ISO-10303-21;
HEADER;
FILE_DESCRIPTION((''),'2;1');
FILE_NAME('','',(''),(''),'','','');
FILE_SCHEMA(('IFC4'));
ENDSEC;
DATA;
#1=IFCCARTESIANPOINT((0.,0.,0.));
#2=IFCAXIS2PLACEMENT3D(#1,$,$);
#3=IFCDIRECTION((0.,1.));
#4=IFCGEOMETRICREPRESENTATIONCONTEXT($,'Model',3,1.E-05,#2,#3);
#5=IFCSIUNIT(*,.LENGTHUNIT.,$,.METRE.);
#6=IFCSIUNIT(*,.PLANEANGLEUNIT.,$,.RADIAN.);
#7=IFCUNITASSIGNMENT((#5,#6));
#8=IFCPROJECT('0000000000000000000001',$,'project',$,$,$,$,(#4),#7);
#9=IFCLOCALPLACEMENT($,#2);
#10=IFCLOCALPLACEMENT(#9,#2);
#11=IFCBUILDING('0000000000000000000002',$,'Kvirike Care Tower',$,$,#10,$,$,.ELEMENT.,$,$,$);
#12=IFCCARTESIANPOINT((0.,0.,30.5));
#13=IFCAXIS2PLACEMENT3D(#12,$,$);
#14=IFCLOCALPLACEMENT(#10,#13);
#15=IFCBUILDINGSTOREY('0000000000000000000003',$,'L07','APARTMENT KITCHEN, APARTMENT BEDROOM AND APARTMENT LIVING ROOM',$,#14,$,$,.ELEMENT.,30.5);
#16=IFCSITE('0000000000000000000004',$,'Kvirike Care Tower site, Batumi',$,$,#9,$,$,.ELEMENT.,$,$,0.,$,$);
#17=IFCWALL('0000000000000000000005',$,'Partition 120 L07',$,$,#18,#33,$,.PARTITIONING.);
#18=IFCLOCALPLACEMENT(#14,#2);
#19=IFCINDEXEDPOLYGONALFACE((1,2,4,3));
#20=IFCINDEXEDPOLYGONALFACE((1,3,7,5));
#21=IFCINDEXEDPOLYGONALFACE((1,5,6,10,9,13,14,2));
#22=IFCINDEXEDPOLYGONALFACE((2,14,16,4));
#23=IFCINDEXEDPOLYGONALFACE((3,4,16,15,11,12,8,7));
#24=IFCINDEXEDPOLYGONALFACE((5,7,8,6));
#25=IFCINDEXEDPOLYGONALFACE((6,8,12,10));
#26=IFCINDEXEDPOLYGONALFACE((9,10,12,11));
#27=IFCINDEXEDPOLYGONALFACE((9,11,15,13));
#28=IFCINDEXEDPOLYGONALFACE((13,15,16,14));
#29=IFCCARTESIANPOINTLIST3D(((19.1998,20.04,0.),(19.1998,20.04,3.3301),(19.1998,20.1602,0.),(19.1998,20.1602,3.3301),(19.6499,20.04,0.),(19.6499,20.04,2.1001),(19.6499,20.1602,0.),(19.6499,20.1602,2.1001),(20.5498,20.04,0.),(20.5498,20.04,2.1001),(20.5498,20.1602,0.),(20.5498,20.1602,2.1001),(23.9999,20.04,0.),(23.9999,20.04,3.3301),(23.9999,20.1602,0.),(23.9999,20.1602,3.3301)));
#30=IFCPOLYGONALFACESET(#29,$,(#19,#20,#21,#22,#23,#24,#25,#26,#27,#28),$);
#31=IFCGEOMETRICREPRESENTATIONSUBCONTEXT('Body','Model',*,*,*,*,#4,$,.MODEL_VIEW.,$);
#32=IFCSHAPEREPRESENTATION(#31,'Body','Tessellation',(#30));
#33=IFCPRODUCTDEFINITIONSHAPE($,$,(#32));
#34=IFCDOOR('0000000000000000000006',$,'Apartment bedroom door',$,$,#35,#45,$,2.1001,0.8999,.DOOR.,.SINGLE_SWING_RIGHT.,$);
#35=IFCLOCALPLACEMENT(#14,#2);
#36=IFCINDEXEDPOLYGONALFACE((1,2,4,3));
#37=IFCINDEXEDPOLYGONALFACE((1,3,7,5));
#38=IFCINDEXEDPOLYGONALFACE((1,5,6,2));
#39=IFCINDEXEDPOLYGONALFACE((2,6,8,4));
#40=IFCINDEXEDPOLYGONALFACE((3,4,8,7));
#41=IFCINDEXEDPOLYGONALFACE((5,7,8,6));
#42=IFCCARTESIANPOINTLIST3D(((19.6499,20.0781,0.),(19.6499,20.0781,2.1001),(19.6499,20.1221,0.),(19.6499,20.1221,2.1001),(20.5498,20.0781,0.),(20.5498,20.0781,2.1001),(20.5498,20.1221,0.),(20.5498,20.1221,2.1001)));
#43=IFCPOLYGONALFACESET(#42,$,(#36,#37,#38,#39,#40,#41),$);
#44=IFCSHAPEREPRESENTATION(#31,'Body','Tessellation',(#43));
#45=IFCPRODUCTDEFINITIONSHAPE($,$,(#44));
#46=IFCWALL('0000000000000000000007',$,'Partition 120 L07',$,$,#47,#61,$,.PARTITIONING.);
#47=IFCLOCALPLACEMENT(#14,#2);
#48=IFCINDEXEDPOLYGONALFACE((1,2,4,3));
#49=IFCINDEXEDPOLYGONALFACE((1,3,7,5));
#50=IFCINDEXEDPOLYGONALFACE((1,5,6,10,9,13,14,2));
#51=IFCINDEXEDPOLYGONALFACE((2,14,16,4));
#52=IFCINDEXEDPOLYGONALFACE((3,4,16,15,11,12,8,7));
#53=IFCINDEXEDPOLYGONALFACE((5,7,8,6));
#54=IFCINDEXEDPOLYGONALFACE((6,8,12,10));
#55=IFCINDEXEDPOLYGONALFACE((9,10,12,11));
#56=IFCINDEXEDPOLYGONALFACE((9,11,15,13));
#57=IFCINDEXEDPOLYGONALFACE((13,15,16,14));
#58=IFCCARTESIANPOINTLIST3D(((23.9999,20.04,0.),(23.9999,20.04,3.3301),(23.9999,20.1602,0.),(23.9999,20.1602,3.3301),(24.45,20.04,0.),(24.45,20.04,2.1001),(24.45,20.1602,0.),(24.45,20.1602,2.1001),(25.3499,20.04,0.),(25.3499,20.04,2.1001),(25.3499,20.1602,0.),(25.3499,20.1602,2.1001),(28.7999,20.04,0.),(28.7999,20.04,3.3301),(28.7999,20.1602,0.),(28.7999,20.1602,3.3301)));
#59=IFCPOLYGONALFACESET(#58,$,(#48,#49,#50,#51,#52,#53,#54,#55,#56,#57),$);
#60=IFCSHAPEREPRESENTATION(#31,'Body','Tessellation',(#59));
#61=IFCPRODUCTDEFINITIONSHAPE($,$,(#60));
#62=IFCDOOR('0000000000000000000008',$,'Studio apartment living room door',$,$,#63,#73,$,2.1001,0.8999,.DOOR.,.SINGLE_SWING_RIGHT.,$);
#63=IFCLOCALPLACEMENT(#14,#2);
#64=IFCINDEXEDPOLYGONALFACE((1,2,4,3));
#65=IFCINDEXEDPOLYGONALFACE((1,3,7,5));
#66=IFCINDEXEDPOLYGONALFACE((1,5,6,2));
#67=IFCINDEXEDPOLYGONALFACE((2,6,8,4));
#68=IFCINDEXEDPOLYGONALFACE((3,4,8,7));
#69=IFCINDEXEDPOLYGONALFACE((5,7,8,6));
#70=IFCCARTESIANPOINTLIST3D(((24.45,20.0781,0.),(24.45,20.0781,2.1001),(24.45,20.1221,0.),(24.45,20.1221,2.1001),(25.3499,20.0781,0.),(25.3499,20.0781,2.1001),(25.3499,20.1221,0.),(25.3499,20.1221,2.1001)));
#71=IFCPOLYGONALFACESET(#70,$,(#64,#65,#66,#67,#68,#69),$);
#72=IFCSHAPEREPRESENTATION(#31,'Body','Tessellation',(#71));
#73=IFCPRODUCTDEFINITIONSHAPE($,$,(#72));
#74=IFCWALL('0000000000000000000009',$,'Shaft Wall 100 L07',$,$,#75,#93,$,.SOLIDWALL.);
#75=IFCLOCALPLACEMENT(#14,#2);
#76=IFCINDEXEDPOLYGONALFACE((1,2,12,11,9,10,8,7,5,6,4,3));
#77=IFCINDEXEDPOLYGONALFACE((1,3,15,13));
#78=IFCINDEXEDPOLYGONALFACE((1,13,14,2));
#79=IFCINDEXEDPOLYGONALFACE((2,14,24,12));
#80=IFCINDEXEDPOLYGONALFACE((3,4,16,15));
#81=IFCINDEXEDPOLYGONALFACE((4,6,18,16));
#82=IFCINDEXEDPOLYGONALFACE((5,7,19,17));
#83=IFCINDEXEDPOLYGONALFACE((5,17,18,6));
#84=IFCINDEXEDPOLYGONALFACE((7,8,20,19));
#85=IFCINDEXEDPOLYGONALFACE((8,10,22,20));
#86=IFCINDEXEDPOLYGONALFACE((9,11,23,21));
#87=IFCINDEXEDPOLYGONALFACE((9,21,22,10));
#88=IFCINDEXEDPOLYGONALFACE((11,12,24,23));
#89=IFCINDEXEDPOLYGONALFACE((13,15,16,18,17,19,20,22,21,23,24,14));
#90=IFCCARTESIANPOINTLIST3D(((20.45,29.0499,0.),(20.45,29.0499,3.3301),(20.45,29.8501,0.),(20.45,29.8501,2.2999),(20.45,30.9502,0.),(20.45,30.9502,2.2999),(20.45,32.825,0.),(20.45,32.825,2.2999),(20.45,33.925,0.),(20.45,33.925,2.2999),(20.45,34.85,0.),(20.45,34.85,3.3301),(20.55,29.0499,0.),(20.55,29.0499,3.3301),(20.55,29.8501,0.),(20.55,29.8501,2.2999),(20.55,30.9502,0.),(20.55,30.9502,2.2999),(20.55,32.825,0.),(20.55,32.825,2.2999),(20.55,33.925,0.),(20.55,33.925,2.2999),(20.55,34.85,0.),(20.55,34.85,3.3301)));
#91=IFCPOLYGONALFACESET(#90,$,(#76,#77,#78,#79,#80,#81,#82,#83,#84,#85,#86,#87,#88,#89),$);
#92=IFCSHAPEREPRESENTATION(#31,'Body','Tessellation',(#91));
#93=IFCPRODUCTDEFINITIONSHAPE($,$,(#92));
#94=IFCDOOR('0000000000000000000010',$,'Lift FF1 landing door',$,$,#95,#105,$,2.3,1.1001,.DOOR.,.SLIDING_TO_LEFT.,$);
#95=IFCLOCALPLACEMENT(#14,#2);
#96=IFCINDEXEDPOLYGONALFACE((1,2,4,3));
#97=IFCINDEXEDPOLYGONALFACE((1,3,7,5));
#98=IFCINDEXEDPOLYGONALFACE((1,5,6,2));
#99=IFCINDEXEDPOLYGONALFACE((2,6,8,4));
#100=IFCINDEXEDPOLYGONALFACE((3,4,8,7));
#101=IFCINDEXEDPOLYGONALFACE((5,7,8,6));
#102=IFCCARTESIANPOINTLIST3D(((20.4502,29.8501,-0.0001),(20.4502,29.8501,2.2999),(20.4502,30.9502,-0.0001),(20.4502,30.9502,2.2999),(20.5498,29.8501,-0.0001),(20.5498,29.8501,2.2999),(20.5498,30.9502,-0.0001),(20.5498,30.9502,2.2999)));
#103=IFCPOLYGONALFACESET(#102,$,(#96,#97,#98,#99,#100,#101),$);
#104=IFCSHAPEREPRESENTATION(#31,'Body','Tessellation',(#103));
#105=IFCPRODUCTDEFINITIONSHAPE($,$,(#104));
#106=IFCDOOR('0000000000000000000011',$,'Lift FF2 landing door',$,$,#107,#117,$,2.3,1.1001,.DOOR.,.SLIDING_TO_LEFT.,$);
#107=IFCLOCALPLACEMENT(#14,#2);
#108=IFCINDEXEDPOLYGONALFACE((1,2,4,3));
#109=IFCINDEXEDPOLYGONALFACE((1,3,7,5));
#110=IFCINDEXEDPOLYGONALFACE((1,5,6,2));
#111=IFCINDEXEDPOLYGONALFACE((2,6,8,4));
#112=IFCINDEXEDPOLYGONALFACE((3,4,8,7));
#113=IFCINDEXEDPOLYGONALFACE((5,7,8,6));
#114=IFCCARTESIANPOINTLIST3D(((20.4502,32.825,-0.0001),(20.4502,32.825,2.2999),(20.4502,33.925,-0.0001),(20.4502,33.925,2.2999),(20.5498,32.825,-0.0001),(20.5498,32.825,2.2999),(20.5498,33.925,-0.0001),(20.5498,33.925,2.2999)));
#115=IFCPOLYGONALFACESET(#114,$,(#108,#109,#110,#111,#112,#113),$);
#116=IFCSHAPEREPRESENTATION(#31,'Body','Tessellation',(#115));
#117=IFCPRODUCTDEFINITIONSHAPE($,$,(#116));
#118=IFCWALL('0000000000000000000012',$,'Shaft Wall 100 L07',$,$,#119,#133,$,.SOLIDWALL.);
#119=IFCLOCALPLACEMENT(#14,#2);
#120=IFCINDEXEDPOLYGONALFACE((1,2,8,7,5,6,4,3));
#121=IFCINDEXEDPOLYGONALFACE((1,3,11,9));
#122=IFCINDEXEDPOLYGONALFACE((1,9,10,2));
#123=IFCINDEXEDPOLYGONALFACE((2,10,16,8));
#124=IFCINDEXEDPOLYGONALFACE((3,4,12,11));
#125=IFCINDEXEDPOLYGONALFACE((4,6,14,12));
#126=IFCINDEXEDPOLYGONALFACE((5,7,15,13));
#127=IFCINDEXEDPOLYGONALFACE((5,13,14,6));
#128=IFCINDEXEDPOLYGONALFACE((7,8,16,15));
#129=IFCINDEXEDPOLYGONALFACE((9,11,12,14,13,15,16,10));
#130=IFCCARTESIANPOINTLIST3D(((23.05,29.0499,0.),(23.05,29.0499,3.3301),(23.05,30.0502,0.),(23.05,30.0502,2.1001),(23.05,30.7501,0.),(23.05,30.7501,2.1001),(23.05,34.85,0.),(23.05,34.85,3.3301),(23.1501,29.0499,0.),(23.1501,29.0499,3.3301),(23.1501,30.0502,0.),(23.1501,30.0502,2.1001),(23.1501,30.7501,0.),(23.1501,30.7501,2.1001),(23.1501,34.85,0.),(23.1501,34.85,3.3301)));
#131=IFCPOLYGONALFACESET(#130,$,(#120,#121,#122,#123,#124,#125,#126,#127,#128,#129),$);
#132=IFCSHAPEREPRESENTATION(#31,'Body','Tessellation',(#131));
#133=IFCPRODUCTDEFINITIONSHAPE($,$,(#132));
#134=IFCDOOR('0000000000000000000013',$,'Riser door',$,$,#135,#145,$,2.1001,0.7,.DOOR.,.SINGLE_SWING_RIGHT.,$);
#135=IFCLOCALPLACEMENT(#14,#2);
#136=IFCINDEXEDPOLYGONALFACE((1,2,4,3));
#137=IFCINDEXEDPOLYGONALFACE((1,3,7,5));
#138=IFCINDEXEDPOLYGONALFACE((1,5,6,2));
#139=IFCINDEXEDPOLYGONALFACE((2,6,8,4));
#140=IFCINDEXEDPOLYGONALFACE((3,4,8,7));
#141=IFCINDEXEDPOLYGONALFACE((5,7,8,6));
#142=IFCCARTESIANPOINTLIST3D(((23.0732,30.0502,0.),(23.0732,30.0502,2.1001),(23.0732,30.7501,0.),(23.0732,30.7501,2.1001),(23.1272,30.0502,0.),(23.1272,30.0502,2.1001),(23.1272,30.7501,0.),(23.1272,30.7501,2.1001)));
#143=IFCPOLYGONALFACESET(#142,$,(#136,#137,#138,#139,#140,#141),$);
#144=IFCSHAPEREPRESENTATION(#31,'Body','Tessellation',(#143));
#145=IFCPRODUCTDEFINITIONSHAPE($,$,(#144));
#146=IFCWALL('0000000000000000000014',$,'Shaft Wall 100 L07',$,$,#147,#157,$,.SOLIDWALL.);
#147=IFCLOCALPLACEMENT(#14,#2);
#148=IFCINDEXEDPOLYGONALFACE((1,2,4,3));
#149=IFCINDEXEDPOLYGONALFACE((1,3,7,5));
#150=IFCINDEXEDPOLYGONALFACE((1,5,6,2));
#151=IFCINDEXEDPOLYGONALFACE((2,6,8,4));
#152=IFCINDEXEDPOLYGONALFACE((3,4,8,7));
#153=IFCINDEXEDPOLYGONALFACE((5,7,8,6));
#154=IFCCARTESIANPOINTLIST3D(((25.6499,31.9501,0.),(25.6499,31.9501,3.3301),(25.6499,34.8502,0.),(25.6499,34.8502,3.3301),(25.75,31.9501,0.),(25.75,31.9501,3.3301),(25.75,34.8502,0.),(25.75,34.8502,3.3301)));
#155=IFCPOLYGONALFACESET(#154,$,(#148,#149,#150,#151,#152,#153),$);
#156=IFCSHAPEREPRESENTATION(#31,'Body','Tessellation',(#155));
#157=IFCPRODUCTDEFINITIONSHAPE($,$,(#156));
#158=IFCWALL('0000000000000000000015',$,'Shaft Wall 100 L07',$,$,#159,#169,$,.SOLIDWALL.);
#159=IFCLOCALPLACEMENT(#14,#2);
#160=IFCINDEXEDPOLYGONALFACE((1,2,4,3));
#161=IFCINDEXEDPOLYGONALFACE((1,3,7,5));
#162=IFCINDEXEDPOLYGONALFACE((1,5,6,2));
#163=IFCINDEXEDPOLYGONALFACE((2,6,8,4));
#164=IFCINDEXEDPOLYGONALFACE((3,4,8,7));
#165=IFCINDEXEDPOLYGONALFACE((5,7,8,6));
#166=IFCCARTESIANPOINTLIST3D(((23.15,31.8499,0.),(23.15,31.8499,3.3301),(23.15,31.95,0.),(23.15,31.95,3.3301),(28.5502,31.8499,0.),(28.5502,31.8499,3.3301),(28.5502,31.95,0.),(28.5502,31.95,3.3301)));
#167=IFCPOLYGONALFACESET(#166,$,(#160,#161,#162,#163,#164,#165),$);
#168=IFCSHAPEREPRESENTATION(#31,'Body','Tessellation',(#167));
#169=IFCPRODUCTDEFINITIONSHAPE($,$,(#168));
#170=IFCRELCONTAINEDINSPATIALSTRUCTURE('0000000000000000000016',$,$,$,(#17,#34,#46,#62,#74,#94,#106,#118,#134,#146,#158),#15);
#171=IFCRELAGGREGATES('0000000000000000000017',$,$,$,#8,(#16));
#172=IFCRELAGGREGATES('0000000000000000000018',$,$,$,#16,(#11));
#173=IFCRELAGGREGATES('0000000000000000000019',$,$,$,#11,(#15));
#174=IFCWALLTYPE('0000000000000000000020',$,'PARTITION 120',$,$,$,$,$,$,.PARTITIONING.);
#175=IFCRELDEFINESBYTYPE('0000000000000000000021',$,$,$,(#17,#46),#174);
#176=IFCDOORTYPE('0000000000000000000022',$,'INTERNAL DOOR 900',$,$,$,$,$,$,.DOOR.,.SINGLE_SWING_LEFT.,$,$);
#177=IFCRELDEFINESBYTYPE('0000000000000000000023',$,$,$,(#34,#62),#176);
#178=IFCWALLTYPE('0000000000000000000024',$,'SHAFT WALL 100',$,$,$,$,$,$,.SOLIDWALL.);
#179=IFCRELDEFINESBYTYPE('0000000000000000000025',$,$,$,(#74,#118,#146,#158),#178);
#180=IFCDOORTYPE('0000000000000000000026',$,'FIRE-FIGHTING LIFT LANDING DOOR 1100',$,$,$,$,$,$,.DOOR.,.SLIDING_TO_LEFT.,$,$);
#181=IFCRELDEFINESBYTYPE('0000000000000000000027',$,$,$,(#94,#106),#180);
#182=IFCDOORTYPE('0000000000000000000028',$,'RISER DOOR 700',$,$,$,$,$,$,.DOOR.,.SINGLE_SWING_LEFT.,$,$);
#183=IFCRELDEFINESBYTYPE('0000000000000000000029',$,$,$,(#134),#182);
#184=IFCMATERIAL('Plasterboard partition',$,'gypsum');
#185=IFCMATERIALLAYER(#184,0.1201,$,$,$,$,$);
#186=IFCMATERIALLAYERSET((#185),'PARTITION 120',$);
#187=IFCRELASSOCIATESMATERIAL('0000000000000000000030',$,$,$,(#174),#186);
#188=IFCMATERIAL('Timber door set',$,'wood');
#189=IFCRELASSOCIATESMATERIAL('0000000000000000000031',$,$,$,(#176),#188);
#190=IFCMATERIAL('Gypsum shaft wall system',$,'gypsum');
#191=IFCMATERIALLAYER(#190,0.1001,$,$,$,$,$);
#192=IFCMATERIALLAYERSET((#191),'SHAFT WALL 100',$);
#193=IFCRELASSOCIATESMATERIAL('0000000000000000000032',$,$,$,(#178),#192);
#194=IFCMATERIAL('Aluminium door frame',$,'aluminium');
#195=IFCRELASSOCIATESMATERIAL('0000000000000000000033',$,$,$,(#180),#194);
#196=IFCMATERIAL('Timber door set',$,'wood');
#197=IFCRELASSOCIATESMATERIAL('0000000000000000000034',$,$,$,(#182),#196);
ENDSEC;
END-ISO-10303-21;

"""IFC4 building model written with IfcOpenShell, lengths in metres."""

from ifc_helpers import new_model, si_unit, direction, frame, frame_2d, origin, place, context, subcontext, project, spatial, rectangle, extrude, material, layer, layer_set, type_object, element, fill, save


model = new_model("IFC4")

# Units and contexts
model_context = context("Model", 3, precision=1e-05, world=origin(), true_north=direction((0.0, 1.0)))
body_context = subcontext(model_context, "Body", "Model", "MODEL_VIEW")
ifc_project = project(units=[si_unit("LENGTHUNIT", "METRE"), si_unit("PLANEANGLEUNIT", "RADIAN")], contexts=[model_context])

# Site, building, storey
site_placement = place(None, origin())
site = spatial("IfcSite", under=ifc_project, at=site_placement, Name="Kvirike Care Tower site, Batumi", CompositionType="ELEMENT", RefElevation=0.0)
building_placement = place(site_placement, origin())
building = spatial("IfcBuilding", under=site, at=building_placement, Name="Kvirike Care Tower", CompositionType="ELEMENT")
storey_placement = place(building_placement, frame((0.0, 0.0, 30.5)))
storey = spatial("IfcBuildingStorey", under=building, at=storey_placement, Name="L07", Description="APARTMENT KITCHEN, APARTMENT BEDROOM AND APARTMENT LIVING ROOM", CompositionType="ELEMENT", Elevation=30.5)

# Walls, openings, doors
ifc_material_1 = material(Name="Plasterboard partition", Category="gypsum")
ifc_layer_1 = layer(ifc_material_1, 0.1201)
ifc_layer_set_1 = layer_set([ifc_layer_1], Name="PARTITION 120")
wall_type_1 = type_object("IfcWallType", Name="PARTITION 120", PredefinedType="PARTITIONING", material=ifc_layer_set_1)
ifc_material_2 = material(Name="Timber door set", Category="wood")
door_type_1 = type_object("IfcDoorType", Name="INTERNAL DOOR 900", OperationType="SINGLE_SWING_LEFT", PredefinedType="DOOR", material=ifc_material_2)
wall_1_placement = place(storey_placement, frame((19.2, 20.1001, 0.0), z_axis=(0.0, 0.0, 1.0), x_axis=(1.0, 0.0, 0.0)))
wall_1 = element("IfcWall", 1, at=wall_1_placement, inside=storey, type_object=wall_type_1, Name="Partition 120 L07", PredefinedType="PARTITIONING", context=body_context, shape_type="SweptSolid", body=[
    extrude(rectangle(XDim=4.8, YDim=0.1201, at=frame_2d((2.3999, 0.0))), origin(), (0.0, 0.0, 1.0), 3.3301),
])
opening_1_placement = place(wall_1_placement, frame((0.45, 0.0, 0.0)))
opening_1 = element("IfcOpeningElement", 2, at=opening_1_placement, cuts=wall_1, PredefinedType="OPENING", context=body_context, shape_type="SweptSolid", body=[
    extrude(rectangle(XDim=0.8999, YDim=2.1001, at=frame_2d((0.45, 1.05))), frame((0.0, 0.0706, 0.0), z_axis=(0.0, -1.0, 0.0), x_axis=(1.0, 0.0, 0.0)), (0.0, 0.0, 1.0), 0.1411),
])
door_1_placement = place(opening_1_placement, origin())
door_1 = element("IfcDoor", 3, at=door_1_placement, inside=storey, type_object=door_type_1, Name="Apartment bedroom door", OperationType="SINGLE_SWING_RIGHT", OverallHeight=2.1001, OverallWidth=0.8999, PredefinedType="DOOR", context=body_context, shape_type="SweptSolid", body=[
    extrude(rectangle(XDim=0.8999, YDim=2.1001, at=frame_2d((0.45, 1.05))), frame((0.0, 0.022, 0.0), z_axis=(0.0, -1.0, 0.0), x_axis=(1.0, 0.0, 0.0)), (0.0, 0.0, 1.0), 0.0439),
])
fill(opening_1, door_1)
wall_2_placement = place(storey_placement, frame((24.0, 20.1001, 0.0), z_axis=(0.0, 0.0, 1.0), x_axis=(1.0, 0.0, 0.0)))
wall_2 = element("IfcWall", 4, at=wall_2_placement, inside=storey, type_object=wall_type_1, Name="Partition 120 L07", PredefinedType="PARTITIONING", context=body_context, shape_type="SweptSolid", body=[
    extrude(rectangle(XDim=4.8, YDim=0.1201, at=frame_2d((2.3999, 0.0))), origin(), (0.0, 0.0, 1.0), 3.3301),
])
opening_2_placement = place(wall_2_placement, frame((0.45, 0.0, 0.0)))
opening_2 = element("IfcOpeningElement", 5, at=opening_2_placement, cuts=wall_2, PredefinedType="OPENING", context=body_context, shape_type="SweptSolid", body=[
    extrude(rectangle(XDim=0.8999, YDim=2.1001, at=frame_2d((0.45, 1.05))), frame((0.0, 0.0706, 0.0), z_axis=(0.0, -1.0, 0.0), x_axis=(1.0, 0.0, 0.0)), (0.0, 0.0, 1.0), 0.1411),
])
door_2_placement = place(opening_2_placement, origin())
door_2 = element("IfcDoor", 6, at=door_2_placement, inside=storey, type_object=door_type_1, Name="Studio apartment living room door", OperationType="SINGLE_SWING_RIGHT", OverallHeight=2.1001, OverallWidth=0.8999, PredefinedType="DOOR", context=body_context, shape_type="SweptSolid", body=[
    extrude(rectangle(XDim=0.8999, YDim=2.1001, at=frame_2d((0.45, 1.05))), frame((0.0, 0.022, 0.0), z_axis=(0.0, -1.0, 0.0), x_axis=(1.0, 0.0, 0.0)), (0.0, 0.0, 1.0), 0.0439),
])
fill(opening_2, door_2)

# Wall, openings, doors
ifc_material_3 = material(Name="Gypsum shaft wall system", Category="gypsum")
ifc_layer_2 = layer(ifc_material_3, 0.1001)
ifc_layer_set_2 = layer_set([ifc_layer_2], Name="SHAFT WALL 100")
wall_type_2 = type_object("IfcWallType", Name="SHAFT WALL 100", PredefinedType="SOLIDWALL", material=ifc_layer_set_2)
wall_3_placement = place(storey_placement, frame((20.5, 29.05, 0.0), z_axis=(0.0, 0.0, 1.0), x_axis=(0.0, 1.0, 0.0)))
wall_3 = element("IfcWall", 7, at=wall_3_placement, inside=storey, type_object=wall_type_2, Name="Shaft Wall 100 L07", PredefinedType="SOLIDWALL", context=body_context, shape_type="SweptSolid", body=[
    extrude(rectangle(XDim=5.8, YDim=0.1001, at=frame_2d((2.8999, 0.0))), origin(), (0.0, 0.0, 1.0), 3.3301),
])
opening_3_placement = place(wall_3_placement, frame((0.8, 0.0, 0.0)))
opening_3 = element("IfcOpeningElement", 8, at=opening_3_placement, cuts=wall_3, PredefinedType="OPENING", context=body_context, shape_type="SweptSolid", body=[
    extrude(rectangle(XDim=1.1001, YDim=2.3, at=frame_2d((0.55, 1.1499))), frame((0.0, 0.0605, 0.0), z_axis=(0.0, -1.0, 0.0), x_axis=(1.0, 0.0, 0.0)), (0.0, 0.0, 1.0), 0.1211),
])
opening_4_placement = place(wall_3_placement, frame((3.7749, 0.0, 0.0)))
opening_4 = element("IfcOpeningElement", 9, at=opening_4_placement, cuts=wall_3, PredefinedType="OPENING", context=body_context, shape_type="SweptSolid", body=[
    extrude(rectangle(XDim=1.1001, YDim=2.3, at=frame_2d((0.55, 1.1499))), frame((0.0, 0.0605, 0.0), z_axis=(0.0, -1.0, 0.0), x_axis=(1.0, 0.0, 0.0)), (0.0, 0.0, 1.0), 0.1211),
])
ifc_material_4 = material(Name="Aluminium door frame", Category="aluminium")
door_type_2 = type_object("IfcDoorType", Name="FIRE-FIGHTING LIFT LANDING DOOR 1100", OperationType="SLIDING_TO_LEFT", PredefinedType="DOOR", material=ifc_material_4)
door_3_placement = place(opening_3_placement, origin())
door_3 = element("IfcDoor", 10, at=door_3_placement, inside=storey, type_object=door_type_2, Name="Lift FF1 landing door", OperationType="SLIDING_TO_LEFT", OverallHeight=2.3, OverallWidth=1.1001, PredefinedType="DOOR", context=body_context, shape_type="SweptSolid", body=[
    extrude(rectangle(XDim=1.1001, YDim=2.3, at=frame_2d((0.55, 1.1499))), frame((0.0, 0.0498, 0.0), z_axis=(0.0, -1.0, 0.0), x_axis=(1.0, 0.0, 0.0)), (0.0, 0.0, 1.0), 0.0996),
])
fill(opening_3, door_3)
door_4_placement = place(opening_4_placement, origin())
door_4 = element("IfcDoor", 11, at=door_4_placement, inside=storey, type_object=door_type_2, Name="Lift FF2 landing door", OperationType="SLIDING_TO_LEFT", OverallHeight=2.3, OverallWidth=1.1001, PredefinedType="DOOR", context=body_context, shape_type="SweptSolid", body=[
    extrude(rectangle(XDim=1.1001, YDim=2.3, at=frame_2d((0.55, 1.1499))), frame((0.0, 0.0498, 0.0), z_axis=(0.0, -1.0, 0.0), x_axis=(1.0, 0.0, 0.0)), (0.0, 0.0, 1.0), 0.0996),
])
fill(opening_4, door_4)

# Wall, opening, door
wall_4_placement = place(storey_placement, frame((23.1001, 29.05, 0.0), z_axis=(0.0, 0.0, 1.0), x_axis=(0.0, 1.0, 0.0)))
wall_4 = element("IfcWall", 12, at=wall_4_placement, inside=storey, type_object=wall_type_2, Name="Shaft Wall 100 L07", PredefinedType="SOLIDWALL", context=body_context, shape_type="SweptSolid", body=[
    extrude(rectangle(XDim=5.8, YDim=0.1001, at=frame_2d((2.8999, 0.0))), origin(), (0.0, 0.0, 1.0), 3.3301),
])
opening_5_placement = place(wall_4_placement, frame((1.0, 0.0, 0.0)))
opening_5 = element("IfcOpeningElement", 13, at=opening_5_placement, cuts=wall_4, PredefinedType="OPENING", context=body_context, shape_type="SweptSolid", body=[
    extrude(rectangle(XDim=0.7, YDim=2.1001, at=frame_2d((0.3501, 1.05))), frame((0.0, 0.0605, 0.0), z_axis=(0.0, -1.0, 0.0), x_axis=(1.0, 0.0, 0.0)), (0.0, 0.0, 1.0), 0.1211),
])
ifc_material_5 = material(Name="Timber door set", Category="wood")
door_type_3 = type_object("IfcDoorType", Name="RISER DOOR 700", OperationType="SINGLE_SWING_LEFT", PredefinedType="DOOR", material=ifc_material_5)
door_5_placement = place(opening_5_placement, origin())
door_5 = element("IfcDoor", 14, at=door_5_placement, inside=storey, type_object=door_type_3, Name="Riser door", OperationType="SINGLE_SWING_RIGHT", OverallHeight=2.1001, OverallWidth=0.7, PredefinedType="DOOR", context=body_context, shape_type="SweptSolid", body=[
    extrude(rectangle(XDim=0.7, YDim=2.1001, at=frame_2d((0.3501, 1.05))), frame((0.0, 0.0269, 0.0), z_axis=(0.0, -1.0, 0.0), x_axis=(1.0, 0.0, 0.0)), (0.0, 0.0, 1.0), 0.054),
])
fill(opening_5, door_5)

# Walls
wall_5_placement = place(storey_placement, frame((25.7, 31.95, 0.0), z_axis=(0.0, 0.0, 1.0), x_axis=(0.0, 1.0, 0.0)))
element("IfcWall", 15, at=wall_5_placement, inside=storey, type_object=wall_type_2, Name="Shaft Wall 100 L07", PredefinedType="SOLIDWALL", context=body_context, shape_type="SweptSolid", body=[
    extrude(rectangle(XDim=2.9001, YDim=0.1001, at=frame_2d((1.4502, 0.0))), origin(), (0.0, 0.0, 1.0), 3.3301),
])
wall_6_placement = place(storey_placement, frame((23.1499, 31.8999, 0.0), z_axis=(0.0, 0.0, 1.0), x_axis=(1.0, 0.0, 0.0)))
element("IfcWall", 16, at=wall_6_placement, inside=storey, type_object=wall_type_2, Name="Shaft Wall 100 L07", PredefinedType="SOLIDWALL", context=body_context, shape_type="SweptSolid", body=[
    extrude(rectangle(XDim=5.4001, YDim=0.1001, at=frame_2d((2.7002, 0.0))), origin(), (0.0, 0.0, 1.0), 3.3301),
])

save(model, "model.ifc")
